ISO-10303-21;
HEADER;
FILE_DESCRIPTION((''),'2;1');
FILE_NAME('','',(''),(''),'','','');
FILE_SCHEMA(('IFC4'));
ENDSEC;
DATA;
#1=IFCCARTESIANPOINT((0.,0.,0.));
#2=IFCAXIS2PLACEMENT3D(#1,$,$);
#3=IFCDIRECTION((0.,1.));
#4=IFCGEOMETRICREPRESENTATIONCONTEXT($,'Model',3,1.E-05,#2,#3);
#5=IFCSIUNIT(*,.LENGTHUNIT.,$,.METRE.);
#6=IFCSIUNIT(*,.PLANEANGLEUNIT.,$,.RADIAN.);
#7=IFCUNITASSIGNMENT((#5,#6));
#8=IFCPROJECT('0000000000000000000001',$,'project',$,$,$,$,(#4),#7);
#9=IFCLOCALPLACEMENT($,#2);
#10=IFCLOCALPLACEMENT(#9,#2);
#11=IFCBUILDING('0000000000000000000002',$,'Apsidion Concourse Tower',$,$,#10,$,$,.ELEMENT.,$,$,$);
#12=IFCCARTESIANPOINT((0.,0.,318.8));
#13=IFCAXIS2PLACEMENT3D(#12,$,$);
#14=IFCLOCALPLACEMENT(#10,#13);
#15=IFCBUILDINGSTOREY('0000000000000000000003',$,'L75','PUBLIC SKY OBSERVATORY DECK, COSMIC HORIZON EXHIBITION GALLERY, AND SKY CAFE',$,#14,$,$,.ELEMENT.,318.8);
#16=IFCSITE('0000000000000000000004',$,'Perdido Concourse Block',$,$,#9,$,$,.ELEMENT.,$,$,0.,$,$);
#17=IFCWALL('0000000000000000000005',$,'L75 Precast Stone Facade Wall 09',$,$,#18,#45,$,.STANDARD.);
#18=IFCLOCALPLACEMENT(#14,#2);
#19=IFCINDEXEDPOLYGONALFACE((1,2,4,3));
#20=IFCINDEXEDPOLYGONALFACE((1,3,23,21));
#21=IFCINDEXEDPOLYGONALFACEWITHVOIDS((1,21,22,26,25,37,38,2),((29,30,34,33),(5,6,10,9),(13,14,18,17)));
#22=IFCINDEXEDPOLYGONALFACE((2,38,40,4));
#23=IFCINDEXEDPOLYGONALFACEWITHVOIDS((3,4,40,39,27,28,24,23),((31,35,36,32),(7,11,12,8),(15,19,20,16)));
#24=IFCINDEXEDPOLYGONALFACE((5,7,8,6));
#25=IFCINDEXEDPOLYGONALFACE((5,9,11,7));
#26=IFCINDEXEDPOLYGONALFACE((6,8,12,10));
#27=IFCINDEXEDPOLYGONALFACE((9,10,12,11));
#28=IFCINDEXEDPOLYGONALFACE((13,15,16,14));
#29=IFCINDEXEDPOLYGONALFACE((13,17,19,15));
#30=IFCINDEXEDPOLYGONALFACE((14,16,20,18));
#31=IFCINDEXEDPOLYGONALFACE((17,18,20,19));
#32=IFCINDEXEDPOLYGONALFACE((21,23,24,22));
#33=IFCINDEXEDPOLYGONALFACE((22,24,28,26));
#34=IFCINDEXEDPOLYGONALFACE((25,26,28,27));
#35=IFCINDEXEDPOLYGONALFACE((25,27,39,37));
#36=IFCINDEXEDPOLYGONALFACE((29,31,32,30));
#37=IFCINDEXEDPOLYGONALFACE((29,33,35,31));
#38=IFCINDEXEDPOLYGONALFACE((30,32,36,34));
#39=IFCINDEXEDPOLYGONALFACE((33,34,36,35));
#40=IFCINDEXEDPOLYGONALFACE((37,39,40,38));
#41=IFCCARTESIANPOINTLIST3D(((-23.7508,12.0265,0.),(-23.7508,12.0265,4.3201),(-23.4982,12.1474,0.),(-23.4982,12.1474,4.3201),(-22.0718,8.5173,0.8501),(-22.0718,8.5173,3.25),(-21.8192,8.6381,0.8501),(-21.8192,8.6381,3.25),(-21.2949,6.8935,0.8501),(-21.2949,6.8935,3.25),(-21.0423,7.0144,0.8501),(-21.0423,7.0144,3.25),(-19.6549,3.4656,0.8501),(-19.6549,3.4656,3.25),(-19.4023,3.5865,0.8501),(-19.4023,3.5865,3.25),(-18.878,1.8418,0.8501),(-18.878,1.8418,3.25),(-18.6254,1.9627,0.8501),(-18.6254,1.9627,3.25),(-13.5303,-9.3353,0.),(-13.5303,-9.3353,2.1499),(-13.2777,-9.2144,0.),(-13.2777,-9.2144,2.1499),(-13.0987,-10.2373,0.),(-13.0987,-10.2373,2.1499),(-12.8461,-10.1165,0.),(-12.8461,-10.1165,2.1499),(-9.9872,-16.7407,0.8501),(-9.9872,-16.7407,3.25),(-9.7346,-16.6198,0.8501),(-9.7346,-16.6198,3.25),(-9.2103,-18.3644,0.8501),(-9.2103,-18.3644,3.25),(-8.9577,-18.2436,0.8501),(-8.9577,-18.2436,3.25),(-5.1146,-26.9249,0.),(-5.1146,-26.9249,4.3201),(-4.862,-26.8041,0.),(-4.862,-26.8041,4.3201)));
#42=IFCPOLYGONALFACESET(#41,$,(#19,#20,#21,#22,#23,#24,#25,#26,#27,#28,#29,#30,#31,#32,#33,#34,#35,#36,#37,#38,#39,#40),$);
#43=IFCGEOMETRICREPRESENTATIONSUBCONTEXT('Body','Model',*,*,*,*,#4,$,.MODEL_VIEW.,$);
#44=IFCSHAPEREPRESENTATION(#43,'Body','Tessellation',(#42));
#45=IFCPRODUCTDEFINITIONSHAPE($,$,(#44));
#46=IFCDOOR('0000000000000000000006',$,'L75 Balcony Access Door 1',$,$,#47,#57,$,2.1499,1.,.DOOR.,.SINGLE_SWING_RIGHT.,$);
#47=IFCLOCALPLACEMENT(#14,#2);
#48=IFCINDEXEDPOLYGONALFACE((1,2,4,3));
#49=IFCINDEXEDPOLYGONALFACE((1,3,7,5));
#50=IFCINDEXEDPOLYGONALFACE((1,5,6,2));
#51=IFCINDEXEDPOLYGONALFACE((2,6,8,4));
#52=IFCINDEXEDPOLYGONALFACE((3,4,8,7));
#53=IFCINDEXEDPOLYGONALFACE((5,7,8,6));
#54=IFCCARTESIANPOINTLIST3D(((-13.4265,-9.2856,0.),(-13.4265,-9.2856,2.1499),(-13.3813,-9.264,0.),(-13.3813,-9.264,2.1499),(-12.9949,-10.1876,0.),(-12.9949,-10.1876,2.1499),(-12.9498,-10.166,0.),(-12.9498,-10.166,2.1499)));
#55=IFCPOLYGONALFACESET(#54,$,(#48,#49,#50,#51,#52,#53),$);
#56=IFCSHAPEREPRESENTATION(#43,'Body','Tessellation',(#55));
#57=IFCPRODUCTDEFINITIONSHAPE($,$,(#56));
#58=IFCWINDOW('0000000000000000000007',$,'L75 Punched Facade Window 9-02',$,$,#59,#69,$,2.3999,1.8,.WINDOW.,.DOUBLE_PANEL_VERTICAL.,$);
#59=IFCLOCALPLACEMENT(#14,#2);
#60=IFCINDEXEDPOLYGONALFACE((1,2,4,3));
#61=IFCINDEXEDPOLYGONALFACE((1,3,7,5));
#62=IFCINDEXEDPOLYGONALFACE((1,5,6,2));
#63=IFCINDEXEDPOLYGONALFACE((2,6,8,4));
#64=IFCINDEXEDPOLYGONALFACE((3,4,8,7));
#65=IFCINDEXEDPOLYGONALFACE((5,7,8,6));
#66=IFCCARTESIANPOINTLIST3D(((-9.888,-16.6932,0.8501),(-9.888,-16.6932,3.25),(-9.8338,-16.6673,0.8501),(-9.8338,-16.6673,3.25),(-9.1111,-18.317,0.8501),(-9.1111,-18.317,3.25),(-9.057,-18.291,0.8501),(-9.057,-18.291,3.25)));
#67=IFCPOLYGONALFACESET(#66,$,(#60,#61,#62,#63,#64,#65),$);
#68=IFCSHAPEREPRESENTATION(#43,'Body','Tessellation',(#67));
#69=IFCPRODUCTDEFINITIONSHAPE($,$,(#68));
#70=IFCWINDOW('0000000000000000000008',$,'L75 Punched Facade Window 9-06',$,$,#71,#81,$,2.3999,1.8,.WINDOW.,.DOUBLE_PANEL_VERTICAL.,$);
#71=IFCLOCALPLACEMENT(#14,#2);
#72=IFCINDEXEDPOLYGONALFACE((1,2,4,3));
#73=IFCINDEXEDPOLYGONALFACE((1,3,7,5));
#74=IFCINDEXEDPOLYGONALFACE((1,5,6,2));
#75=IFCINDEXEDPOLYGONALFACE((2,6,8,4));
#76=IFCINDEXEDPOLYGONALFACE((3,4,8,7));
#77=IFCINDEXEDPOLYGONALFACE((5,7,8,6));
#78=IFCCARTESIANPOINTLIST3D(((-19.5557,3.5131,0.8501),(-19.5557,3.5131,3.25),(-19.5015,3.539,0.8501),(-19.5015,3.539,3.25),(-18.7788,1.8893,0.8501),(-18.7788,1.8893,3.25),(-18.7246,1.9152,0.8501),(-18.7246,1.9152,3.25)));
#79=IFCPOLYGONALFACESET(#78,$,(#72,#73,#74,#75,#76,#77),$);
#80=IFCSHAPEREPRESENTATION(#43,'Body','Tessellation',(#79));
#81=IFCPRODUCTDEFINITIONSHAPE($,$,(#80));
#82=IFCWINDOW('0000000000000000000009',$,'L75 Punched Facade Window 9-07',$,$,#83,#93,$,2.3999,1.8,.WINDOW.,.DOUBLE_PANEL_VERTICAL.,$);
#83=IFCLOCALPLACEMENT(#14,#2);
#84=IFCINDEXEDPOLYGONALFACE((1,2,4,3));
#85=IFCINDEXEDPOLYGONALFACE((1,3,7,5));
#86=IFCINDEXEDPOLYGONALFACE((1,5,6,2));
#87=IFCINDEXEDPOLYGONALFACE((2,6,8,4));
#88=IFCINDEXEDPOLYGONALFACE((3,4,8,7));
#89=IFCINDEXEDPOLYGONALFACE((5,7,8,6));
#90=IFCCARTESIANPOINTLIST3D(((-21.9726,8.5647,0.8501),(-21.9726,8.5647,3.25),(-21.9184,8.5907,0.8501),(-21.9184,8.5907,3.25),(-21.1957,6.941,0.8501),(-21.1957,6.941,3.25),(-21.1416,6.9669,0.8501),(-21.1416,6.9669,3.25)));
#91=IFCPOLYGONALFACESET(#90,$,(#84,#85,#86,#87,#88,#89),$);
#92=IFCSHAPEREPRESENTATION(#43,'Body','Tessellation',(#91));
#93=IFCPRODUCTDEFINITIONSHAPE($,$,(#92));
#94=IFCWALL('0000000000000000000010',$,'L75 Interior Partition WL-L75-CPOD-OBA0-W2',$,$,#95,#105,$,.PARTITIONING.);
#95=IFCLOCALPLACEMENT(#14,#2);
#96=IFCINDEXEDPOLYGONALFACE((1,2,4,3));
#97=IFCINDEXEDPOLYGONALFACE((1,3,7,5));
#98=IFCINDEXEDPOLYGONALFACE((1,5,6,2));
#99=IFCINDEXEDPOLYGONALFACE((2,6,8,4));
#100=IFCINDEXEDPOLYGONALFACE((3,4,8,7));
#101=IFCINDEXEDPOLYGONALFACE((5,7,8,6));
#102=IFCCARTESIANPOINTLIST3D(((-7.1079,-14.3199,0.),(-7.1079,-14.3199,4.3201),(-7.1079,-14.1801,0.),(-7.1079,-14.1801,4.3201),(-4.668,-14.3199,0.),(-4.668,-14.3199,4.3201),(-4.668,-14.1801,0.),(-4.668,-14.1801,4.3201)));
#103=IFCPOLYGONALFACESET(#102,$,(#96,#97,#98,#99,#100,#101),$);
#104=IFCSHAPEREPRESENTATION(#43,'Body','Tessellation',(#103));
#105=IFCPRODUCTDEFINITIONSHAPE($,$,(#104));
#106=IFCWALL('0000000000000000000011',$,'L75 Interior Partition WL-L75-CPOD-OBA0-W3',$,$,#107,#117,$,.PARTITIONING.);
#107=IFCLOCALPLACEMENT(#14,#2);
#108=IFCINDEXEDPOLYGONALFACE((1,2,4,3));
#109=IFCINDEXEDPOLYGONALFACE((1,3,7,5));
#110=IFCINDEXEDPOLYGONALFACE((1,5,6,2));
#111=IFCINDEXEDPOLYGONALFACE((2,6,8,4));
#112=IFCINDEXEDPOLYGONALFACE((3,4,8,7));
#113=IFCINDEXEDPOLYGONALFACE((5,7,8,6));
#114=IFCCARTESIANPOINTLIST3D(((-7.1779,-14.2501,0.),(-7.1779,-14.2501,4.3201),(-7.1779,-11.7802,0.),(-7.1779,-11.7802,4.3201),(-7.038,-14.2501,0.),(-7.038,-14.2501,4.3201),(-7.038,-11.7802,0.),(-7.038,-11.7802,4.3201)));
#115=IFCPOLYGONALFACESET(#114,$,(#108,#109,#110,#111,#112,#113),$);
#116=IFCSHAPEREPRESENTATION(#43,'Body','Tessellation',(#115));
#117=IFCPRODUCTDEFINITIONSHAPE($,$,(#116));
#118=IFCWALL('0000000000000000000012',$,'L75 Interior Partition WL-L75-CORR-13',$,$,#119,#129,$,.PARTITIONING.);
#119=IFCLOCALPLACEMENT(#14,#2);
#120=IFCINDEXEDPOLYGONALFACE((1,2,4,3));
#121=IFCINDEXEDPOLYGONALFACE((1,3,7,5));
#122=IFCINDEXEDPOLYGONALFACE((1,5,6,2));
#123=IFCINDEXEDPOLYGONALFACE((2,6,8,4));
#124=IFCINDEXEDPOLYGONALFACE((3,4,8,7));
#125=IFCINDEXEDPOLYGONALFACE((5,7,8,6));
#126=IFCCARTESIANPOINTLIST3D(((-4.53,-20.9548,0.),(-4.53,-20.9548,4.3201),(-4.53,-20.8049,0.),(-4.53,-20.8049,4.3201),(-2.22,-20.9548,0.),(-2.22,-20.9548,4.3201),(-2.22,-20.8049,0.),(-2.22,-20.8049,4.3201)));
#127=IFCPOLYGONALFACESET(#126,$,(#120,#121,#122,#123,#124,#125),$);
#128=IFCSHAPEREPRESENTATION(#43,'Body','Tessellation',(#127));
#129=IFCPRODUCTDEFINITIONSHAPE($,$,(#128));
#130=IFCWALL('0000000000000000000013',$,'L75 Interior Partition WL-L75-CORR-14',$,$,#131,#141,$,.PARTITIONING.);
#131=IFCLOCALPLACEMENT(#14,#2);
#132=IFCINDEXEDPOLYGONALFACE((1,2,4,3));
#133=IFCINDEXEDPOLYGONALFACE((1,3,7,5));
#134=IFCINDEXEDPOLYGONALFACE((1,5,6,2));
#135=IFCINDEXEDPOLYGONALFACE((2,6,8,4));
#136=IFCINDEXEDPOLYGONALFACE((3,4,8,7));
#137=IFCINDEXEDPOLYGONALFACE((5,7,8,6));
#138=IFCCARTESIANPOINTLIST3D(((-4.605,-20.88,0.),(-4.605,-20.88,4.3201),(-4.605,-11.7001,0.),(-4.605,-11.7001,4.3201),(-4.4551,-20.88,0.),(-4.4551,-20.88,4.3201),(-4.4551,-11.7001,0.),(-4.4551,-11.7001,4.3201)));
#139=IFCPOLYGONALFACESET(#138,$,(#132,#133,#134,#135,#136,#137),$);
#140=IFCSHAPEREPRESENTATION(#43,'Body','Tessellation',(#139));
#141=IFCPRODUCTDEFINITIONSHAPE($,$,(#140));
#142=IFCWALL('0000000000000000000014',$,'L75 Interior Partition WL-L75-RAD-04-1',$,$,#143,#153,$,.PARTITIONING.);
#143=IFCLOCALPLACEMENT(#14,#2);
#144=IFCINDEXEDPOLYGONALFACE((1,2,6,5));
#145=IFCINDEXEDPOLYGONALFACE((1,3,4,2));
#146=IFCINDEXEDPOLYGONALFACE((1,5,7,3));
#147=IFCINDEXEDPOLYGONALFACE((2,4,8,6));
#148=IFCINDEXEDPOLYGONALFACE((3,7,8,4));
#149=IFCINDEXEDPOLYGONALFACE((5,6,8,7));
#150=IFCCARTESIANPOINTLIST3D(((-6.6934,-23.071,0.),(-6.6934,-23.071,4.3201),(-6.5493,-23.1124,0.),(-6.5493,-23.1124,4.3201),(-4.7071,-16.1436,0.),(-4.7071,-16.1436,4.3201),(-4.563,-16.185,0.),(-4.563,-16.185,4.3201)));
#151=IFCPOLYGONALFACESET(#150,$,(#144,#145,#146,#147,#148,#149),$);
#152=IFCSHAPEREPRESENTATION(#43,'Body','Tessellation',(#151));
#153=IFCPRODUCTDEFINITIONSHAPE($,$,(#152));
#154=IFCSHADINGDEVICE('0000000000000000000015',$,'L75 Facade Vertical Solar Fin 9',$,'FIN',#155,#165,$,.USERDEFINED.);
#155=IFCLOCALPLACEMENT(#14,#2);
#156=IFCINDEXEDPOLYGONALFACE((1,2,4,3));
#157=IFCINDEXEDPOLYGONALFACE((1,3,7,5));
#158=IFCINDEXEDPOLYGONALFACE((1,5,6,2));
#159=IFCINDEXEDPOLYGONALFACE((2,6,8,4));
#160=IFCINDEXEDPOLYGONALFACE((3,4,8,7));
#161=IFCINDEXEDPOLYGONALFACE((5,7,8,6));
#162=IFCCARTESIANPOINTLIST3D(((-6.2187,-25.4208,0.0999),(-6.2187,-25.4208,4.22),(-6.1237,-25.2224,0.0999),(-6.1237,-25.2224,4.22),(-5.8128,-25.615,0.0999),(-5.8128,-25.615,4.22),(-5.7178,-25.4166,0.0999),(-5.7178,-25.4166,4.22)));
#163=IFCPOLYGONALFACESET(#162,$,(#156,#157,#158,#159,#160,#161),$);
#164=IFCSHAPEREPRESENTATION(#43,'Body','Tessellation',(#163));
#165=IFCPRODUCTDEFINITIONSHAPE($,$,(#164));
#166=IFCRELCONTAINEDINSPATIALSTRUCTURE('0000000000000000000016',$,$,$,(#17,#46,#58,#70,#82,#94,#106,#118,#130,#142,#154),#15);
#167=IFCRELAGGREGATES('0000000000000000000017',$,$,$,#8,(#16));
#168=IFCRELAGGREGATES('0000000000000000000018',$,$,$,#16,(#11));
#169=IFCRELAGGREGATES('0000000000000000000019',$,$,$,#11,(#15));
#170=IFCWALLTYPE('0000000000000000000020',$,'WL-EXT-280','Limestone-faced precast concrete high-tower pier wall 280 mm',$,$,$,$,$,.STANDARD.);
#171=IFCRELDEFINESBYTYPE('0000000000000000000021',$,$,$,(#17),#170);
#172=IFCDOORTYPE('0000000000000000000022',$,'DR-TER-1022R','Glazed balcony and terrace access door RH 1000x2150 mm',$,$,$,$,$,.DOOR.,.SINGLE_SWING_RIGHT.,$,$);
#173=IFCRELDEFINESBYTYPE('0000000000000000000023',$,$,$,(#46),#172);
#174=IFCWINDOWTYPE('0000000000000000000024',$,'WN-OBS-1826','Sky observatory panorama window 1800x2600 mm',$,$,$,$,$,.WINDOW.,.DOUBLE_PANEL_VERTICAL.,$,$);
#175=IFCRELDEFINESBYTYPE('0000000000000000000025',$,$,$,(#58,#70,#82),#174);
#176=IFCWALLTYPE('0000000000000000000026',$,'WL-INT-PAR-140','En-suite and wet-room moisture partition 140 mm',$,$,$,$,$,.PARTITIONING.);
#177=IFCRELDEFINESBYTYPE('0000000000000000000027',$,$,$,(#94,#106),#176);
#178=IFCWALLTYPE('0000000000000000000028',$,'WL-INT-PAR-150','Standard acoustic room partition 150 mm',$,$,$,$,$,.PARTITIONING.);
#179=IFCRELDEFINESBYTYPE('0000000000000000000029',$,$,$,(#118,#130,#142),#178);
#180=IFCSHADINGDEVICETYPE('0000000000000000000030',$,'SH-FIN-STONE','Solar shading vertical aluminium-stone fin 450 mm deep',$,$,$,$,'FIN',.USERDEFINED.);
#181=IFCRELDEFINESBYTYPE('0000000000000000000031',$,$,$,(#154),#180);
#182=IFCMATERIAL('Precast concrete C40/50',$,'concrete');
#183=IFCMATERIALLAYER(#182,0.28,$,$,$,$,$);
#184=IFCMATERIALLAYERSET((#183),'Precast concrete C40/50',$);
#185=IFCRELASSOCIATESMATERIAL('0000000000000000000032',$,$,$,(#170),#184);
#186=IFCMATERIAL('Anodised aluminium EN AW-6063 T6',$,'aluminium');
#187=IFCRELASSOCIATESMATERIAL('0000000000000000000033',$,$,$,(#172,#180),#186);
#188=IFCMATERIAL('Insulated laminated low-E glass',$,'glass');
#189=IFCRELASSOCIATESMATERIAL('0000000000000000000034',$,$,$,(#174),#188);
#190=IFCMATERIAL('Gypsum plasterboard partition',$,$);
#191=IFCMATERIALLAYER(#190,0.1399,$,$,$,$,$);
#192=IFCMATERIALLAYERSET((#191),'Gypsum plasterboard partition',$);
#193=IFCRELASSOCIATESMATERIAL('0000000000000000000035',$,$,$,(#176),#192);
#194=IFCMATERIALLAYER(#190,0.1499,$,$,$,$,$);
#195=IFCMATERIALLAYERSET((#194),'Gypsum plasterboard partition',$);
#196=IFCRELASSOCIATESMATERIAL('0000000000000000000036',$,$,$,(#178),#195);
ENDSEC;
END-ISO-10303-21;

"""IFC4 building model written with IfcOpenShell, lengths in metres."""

from ifc_helpers import new_model, si_unit, direction, frame, frame_2d, origin, origin_2d, place, context, subcontext, project, spatial, rectangle, extrude, material, layer, layer_set, type_object, element, fill, save


model = new_model("IFC4")

# Units and contexts
model_context = context("Model", 3, precision=1e-05, world=origin(), true_north=direction((0.0, 1.0)))
body_context = subcontext(model_context, "Body", "Model", "MODEL_VIEW")
ifc_project = project(units=[si_unit("LENGTHUNIT", "METRE"), si_unit("PLANEANGLEUNIT", "RADIAN")], contexts=[model_context])

# Site, building, storey
site_placement = place(None, origin())
site = spatial("IfcSite", under=ifc_project, at=site_placement, Name="Perdido Concourse Block", CompositionType="ELEMENT", RefElevation=0.0)
building_placement = place(site_placement, origin())
building = spatial("IfcBuilding", under=site, at=building_placement, Name="Apsidion Concourse Tower", CompositionType="ELEMENT")
storey_placement = place(building_placement, frame((0.0, 0.0, 318.8)))
storey = spatial("IfcBuildingStorey", under=building, at=storey_placement, Name="L75", Description="PUBLIC SKY OBSERVATORY DECK, COSMIC HORIZON EXHIBITION GALLERY, AND SKY CAFE", CompositionType="ELEMENT", Elevation=318.8)

# Shared definitions
ifc_material_1 = material(Name="Precast concrete C40/50", Category="concrete")
ifc_layer_1 = layer(ifc_material_1, 0.28)
ifc_layer_set_1 = layer_set([ifc_layer_1], Name="Precast concrete C40/50")
wall_type_1 = type_object("IfcWallType", Name="WL-EXT-280", Description="Limestone-faced precast concrete high-tower pier wall 280 mm", PredefinedType="STANDARD", material=ifc_layer_set_1)

# Wall, openings, door, windows
wall_1_placement = place(storey_placement, frame((-4.9883, -26.8645, 0.0), z_axis=(0.0, 0.0, 1.0), x_axis=(-0.431593, 0.902068, 0.0)))
wall_1 = element("IfcWall", 1, at=wall_1_placement, inside=storey, type_object=wall_type_1, Name="L75 Precast Stone Facade Wall 09", PredefinedType="STANDARD", context=body_context, shape_type="SweptSolid", body=[
    extrude(rectangle(XDim=43.1802, YDim=0.28, at=frame_2d((21.5901, 0.0))), origin(), (0.0, 0.0, 1.0), 4.3201),
])
opening_1_placement = place(wall_1_placement, frame((18.4993, 0.0, 0.0)))
opening_1 = element("IfcOpeningElement", 2, at=opening_1_placement, cuts=wall_1, PredefinedType="OPENING", context=body_context, shape_type="SweptSolid", body=[
    extrude(rectangle(XDim=1.0, YDim=2.1499, at=frame_2d((0.5, 1.075))), frame((0.0, 0.1499, 0.0), z_axis=(0.0, -1.0, 0.0), x_axis=(1.0, 0.0, 0.0)), (0.0, 0.0, 1.0), 0.3),
])
opening_2_placement = place(wall_1_placement, frame((9.49, 0.0, 0.8501)))
opening_2 = element("IfcOpeningElement", 3, at=opening_2_placement, cuts=wall_1, PredefinedType="OPENING", context=body_context, shape_type="SweptSolid", body=[
    extrude(rectangle(XDim=1.8, YDim=2.3999, at=frame_2d((0.8999, 1.2))), frame((0.0, 0.1499, 0.0), z_axis=(0.0, -1.0, 0.0), x_axis=(1.0, 0.0, 0.0)), (0.0, 0.0, 1.0), 0.3),
])
opening_3_placement = place(wall_1_placement, frame((31.8899, 0.0, 0.8501)))
opening_3 = element("IfcOpeningElement", 4, at=opening_3_placement, cuts=wall_1, PredefinedType="OPENING", context=body_context, shape_type="SweptSolid", body=[
    extrude(rectangle(XDim=1.8, YDim=2.3999, at=frame_2d((0.8999, 1.2))), frame((0.0, 0.1499, 0.0), z_axis=(0.0, -1.0, 0.0), x_axis=(1.0, 0.0, 0.0)), (0.0, 0.0, 1.0), 0.3),
])
opening_4_placement = place(wall_1_placement, frame((37.49, 0.0, 0.8501)))
opening_4 = element("IfcOpeningElement", 5, at=opening_4_placement, cuts=wall_1, PredefinedType="OPENING", context=body_context, shape_type="SweptSolid", body=[
    extrude(rectangle(XDim=1.8, YDim=2.3999, at=frame_2d((0.8999, 1.2))), frame((0.0, 0.1499, 0.0), z_axis=(0.0, -1.0, 0.0), x_axis=(1.0, 0.0, 0.0)), (0.0, 0.0, 1.0), 0.3),
])
ifc_material_2 = material(Name="Anodised aluminium EN AW-6063 T6", Category="aluminium")
door_type = type_object("IfcDoorType", Name="DR-TER-1022R", Description="Glazed balcony and terrace access door RH 1000x2150 mm", OperationType="SINGLE_SWING_RIGHT", PredefinedType="DOOR", material=ifc_material_2)
door_placement = place(opening_1_placement, origin())
door = element("IfcDoor", 6, at=door_placement, inside=storey, type_object=door_type, Name="L75 Balcony Access Door 1", OperationType="SINGLE_SWING_RIGHT", OverallHeight=2.1499, OverallWidth=1.0, PredefinedType="DOOR", context=body_context, shape_type="SweptSolid", body=[
    extrude(rectangle(XDim=1.0, YDim=2.1499, at=frame_2d((0.5, 1.075))), frame((0.0, 0.0249, 0.0), z_axis=(0.0, -1.0, 0.0), x_axis=(1.0, 0.0, 0.0)), (0.0, 0.0, 1.0), 0.05),
])
fill(opening_1, door)
ifc_material_3 = material(Name="Insulated laminated low-E glass", Category="glass")
window_type = type_object("IfcWindowType", Name="WN-OBS-1826", Description="Sky observatory panorama window 1800x2600 mm", PartitioningType="DOUBLE_PANEL_VERTICAL", PredefinedType="WINDOW", material=ifc_material_3)
window_1_placement = place(opening_2_placement, origin())
window_1 = element("IfcWindow", 7, at=window_1_placement, inside=storey, type_object=window_type, Name="L75 Punched Facade Window 9-02", OverallHeight=2.3999, OverallWidth=1.8, PartitioningType="DOUBLE_PANEL_VERTICAL", PredefinedType="WINDOW", context=body_context, shape_type="SweptSolid", body=[
    extrude(rectangle(XDim=1.8, YDim=2.3999, at=frame_2d((0.8999, 1.2))), frame((0.0, 0.03, 0.0), z_axis=(0.0, -1.0, 0.0), x_axis=(1.0, 0.0, 0.0)), (0.0, 0.0, 1.0), 0.0601),
])
fill(opening_2, window_1)
window_2_placement = place(opening_3_placement, origin())
window_2 = element("IfcWindow", 8, at=window_2_placement, inside=storey, type_object=window_type, Name="L75 Punched Facade Window 9-06", OverallHeight=2.3999, OverallWidth=1.8, PartitioningType="DOUBLE_PANEL_VERTICAL", PredefinedType="WINDOW", context=body_context, shape_type="SweptSolid", body=[
    extrude(rectangle(XDim=1.8, YDim=2.3999, at=frame_2d((0.8999, 1.2))), frame((0.0, 0.03, 0.0), z_axis=(0.0, -1.0, 0.0), x_axis=(1.0, 0.0, 0.0)), (0.0, 0.0, 1.0), 0.0601),
])
fill(opening_3, window_2)
window_3_placement = place(opening_4_placement, origin())
window_3 = element("IfcWindow", 9, at=window_3_placement, inside=storey, type_object=window_type, Name="L75 Punched Facade Window 9-07", OverallHeight=2.3999, OverallWidth=1.8, PartitioningType="DOUBLE_PANEL_VERTICAL", PredefinedType="WINDOW", context=body_context, shape_type="SweptSolid", body=[
    extrude(rectangle(XDim=1.8, YDim=2.3999, at=frame_2d((0.8999, 1.2))), frame((0.0, 0.03, 0.0), z_axis=(0.0, -1.0, 0.0), x_axis=(1.0, 0.0, 0.0)), (0.0, 0.0, 1.0), 0.0601),
])
fill(opening_4, window_3)

# Walls
ifc_material_4 = material(Name="Gypsum plasterboard partition")
ifc_layer_2 = layer(ifc_material_4, 0.1399)
ifc_layer_set_2 = layer_set([ifc_layer_2], Name="Gypsum plasterboard partition")
wall_type_2 = type_object("IfcWallType", Name="WL-INT-PAR-140", Description="En-suite and wet-room moisture partition 140 mm", PredefinedType="PARTITIONING", material=ifc_layer_set_2)
wall_2_placement = place(storey_placement, frame((-4.668, -14.25, 0.0), z_axis=(0.0, 0.0, 1.0), x_axis=(-1.0, 0.0, 0.0)))
element("IfcWall", 10, at=wall_2_placement, inside=storey, type_object=wall_type_2, Name="L75 Interior Partition WL-L75-CPOD-OBA0-W2", PredefinedType="PARTITIONING", context=body_context, shape_type="SweptSolid", body=[
    extrude(rectangle(XDim=2.4399, YDim=0.1399, at=frame_2d((1.22, 0.0))), origin(), (0.0, 0.0, 1.0), 4.3201),
])
wall_3_placement = place(storey_placement, frame((-7.1079, -14.25, 0.0), z_axis=(0.0, 0.0, 1.0), x_axis=(0.0, 1.0, 0.0)))
element("IfcWall", 11, at=wall_3_placement, inside=storey, type_object=wall_type_2, Name="L75 Interior Partition WL-L75-CPOD-OBA0-W3", PredefinedType="PARTITIONING", context=body_context, shape_type="SweptSolid", body=[
    extrude(rectangle(XDim=2.47, YDim=0.1399, at=frame_2d((1.2349, 0.0))), origin(), (0.0, 0.0, 1.0), 4.3201),
])
ifc_layer_3 = layer(ifc_material_4, 0.1499)
ifc_layer_set_3 = layer_set([ifc_layer_3], Name="Gypsum plasterboard partition")
wall_type_3 = type_object("IfcWallType", Name="WL-INT-PAR-150", Description="Standard acoustic room partition 150 mm", PredefinedType="PARTITIONING", material=ifc_layer_set_3)
wall_4_placement = place(storey_placement, frame((-2.22, -20.8799, 0.0), z_axis=(0.0, 0.0, 1.0), x_axis=(-1.0, 0.0, 0.0)))
element("IfcWall", 12, at=wall_4_placement, inside=storey, type_object=wall_type_3, Name="L75 Interior Partition WL-L75-CORR-13", PredefinedType="PARTITIONING", context=body_context, shape_type="SweptSolid", body=[
    extrude(rectangle(XDim=2.3101, YDim=0.1499, at=frame_2d((1.155, 0.0))), origin(), (0.0, 0.0, 1.0), 4.3201),
])
wall_5_placement = place(storey_placement, frame((-4.53, -20.8799, 0.0), z_axis=(0.0, 0.0, 1.0), x_axis=(0.0, 1.0, 0.0)))
element("IfcWall", 13, at=wall_5_placement, inside=storey, type_object=wall_type_3, Name="L75 Interior Partition WL-L75-CORR-14", PredefinedType="PARTITIONING", context=body_context, shape_type="SweptSolid", body=[
    extrude(rectangle(XDim=9.1799, YDim=0.1499, at=frame_2d((4.5898, 0.0))), origin(), (0.0, 0.0, 1.0), 4.3201),
])
wall_6_placement = place(storey_placement, frame((-4.635, -16.1643, 0.0), z_axis=(0.0, 0.0, 1.0), x_axis=(-0.275625, -0.961265, 0.0)))
element("IfcWall", 14, at=wall_6_placement, inside=storey, type_object=wall_type_3, Name="L75 Interior Partition WL-L75-RAD-04-1", PredefinedType="PARTITIONING", context=body_context, shape_type="SweptSolid", body=[
    extrude(rectangle(XDim=7.2065, YDim=0.1499, at=frame_2d((3.6033, 0.0))), origin(), (0.0, 0.0, 1.0), 4.3201),
])

# Shading device
shading_device_type = type_object("IfcShadingDeviceType", Name="SH-FIN-STONE", Description="Solar shading vertical aluminium-stone fin 450 mm deep", ElementType="FIN", PredefinedType="USERDEFINED", material=ifc_material_2)
shading_device_placement = place(storey_placement, frame((-5.9683, -25.4187, 0.0999), z_axis=(0.0, 0.0, 1.0), x_axis=(-0.431613, -0.902059, 0.0)))
element("IfcShadingDevice", 15, at=shading_device_placement, inside=storey, type_object=shading_device_type, Name="L75 Facade Vertical Solar Fin 9", ObjectType="FIN", PredefinedType="USERDEFINED", context=body_context, shape_type="SweptSolid", body=[
    extrude(rectangle(XDim=0.22, YDim=0.45, at=origin_2d()), origin(), (0.0, 0.0, 1.0), 4.1201),
])

save(model, "model.ifc")
